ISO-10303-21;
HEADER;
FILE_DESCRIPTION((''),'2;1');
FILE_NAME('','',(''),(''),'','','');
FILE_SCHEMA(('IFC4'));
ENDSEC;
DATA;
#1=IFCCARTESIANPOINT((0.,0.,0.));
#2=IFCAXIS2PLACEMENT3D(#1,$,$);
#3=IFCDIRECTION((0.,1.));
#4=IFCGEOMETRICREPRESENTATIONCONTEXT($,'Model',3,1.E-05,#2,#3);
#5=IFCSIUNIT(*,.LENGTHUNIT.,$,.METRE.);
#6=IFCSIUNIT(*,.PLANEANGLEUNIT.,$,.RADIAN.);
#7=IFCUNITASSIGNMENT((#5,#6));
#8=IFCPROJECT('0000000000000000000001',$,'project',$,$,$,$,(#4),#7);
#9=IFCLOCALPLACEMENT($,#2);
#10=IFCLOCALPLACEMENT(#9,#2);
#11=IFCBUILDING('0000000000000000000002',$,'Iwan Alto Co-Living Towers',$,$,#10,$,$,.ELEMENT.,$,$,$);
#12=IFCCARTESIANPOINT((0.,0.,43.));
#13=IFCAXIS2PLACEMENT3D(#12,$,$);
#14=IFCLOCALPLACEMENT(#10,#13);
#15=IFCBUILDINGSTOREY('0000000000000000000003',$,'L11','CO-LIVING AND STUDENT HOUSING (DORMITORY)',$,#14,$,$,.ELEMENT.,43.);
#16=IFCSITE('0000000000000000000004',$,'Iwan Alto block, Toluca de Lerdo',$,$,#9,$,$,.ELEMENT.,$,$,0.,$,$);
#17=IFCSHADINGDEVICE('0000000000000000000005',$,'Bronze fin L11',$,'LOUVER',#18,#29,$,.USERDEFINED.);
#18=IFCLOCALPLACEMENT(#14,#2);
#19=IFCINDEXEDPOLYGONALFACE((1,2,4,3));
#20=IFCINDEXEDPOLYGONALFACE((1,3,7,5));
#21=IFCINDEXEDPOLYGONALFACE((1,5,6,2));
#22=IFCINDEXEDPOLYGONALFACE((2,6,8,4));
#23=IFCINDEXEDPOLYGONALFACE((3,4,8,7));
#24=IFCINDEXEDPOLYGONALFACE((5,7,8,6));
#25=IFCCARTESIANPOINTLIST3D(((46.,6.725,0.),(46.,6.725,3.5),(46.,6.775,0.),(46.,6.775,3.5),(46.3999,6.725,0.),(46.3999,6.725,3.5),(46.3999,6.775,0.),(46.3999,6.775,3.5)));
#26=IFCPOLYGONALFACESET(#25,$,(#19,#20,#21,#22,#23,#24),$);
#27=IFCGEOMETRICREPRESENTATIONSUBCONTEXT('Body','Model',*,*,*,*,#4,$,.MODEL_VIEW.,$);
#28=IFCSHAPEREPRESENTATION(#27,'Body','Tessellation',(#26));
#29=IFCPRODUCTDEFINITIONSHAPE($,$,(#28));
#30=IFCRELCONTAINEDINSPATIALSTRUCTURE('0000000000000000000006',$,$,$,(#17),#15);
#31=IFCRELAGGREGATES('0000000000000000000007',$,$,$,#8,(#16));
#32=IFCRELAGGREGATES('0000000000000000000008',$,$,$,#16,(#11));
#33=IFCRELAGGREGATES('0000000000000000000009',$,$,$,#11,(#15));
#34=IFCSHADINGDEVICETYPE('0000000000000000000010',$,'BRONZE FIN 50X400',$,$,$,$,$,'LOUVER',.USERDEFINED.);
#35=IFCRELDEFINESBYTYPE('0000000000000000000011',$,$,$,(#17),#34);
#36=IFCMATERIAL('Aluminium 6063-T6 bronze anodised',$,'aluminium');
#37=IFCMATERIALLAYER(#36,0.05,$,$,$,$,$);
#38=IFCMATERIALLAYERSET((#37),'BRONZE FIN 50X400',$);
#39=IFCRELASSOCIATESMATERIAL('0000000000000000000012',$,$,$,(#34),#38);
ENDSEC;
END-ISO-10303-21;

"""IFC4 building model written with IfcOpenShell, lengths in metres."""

from ifc_helpers import new_model, si_unit, direction, frame, origin, origin_2d, place, context, subcontext, project, spatial, rectangle, extrude, material, layer, layer_set, type_object, element, save


model = new_model("IFC4")

# Units and contexts
model_context = context("Model", 3, precision=1e-05, world=origin(), true_north=direction((0.0, 1.0)))
body_context = subcontext(model_context, "Body", "Model", "MODEL_VIEW")
ifc_project = project(units=[si_unit("LENGTHUNIT", "METRE"), si_unit("PLANEANGLEUNIT", "RADIAN")], contexts=[model_context])

# Site, building, storey
site_placement = place(None, origin())
site = spatial("IfcSite", under=ifc_project, at=site_placement, Name="Iwan Alto block, Toluca de Lerdo", CompositionType="ELEMENT", RefElevation=0.0)
building_placement = place(site_placement, origin())
building = spatial("IfcBuilding", under=site, at=building_placement, Name="Iwan Alto Co-Living Towers", CompositionType="ELEMENT")
storey_placement = place(building_placement, frame((0.0, 0.0, 43.0)))
storey = spatial("IfcBuildingStorey", under=building, at=storey_placement, Name="L11", Description="CO-LIVING AND STUDENT HOUSING (DORMITORY)", CompositionType="ELEMENT", Elevation=43.0)

# Shading device
ifc_material_1 = material(Name="Aluminium 6063-T6 bronze anodised", Category="aluminium")
ifc_layer_1 = layer(ifc_material_1, 0.05)
ifc_layer_set_1 = layer_set([ifc_layer_1], Name="BRONZE FIN 50X400")
shading_device_type = type_object("IfcShadingDeviceType", Name="BRONZE FIN 50X400", ElementType="LOUVER", PredefinedType="USERDEFINED", material=ifc_layer_set_1)
for number, where, z_axis, x_axis, name in (
    (1, (46.2, 6.75, 0.0), (0.0, 0.0, 1.0), (0.0, -1.0, 0.0), "Bronze fin L11"),
):
    element("IfcShadingDevice", number, at=place(storey_placement, frame(where, z_axis=z_axis, x_axis=x_axis)), inside=storey, type_object=shading_device_type, Name=name, ObjectType="LOUVER", PredefinedType="USERDEFINED", context=body_context, shape_type="SweptSolid", body=[
        extrude(rectangle(XDim=0.05, YDim=0.3999, at=origin_2d()), origin(), (0.0, 0.0, 1.0), 3.5),
    ])

save(model, "model.ifc")
